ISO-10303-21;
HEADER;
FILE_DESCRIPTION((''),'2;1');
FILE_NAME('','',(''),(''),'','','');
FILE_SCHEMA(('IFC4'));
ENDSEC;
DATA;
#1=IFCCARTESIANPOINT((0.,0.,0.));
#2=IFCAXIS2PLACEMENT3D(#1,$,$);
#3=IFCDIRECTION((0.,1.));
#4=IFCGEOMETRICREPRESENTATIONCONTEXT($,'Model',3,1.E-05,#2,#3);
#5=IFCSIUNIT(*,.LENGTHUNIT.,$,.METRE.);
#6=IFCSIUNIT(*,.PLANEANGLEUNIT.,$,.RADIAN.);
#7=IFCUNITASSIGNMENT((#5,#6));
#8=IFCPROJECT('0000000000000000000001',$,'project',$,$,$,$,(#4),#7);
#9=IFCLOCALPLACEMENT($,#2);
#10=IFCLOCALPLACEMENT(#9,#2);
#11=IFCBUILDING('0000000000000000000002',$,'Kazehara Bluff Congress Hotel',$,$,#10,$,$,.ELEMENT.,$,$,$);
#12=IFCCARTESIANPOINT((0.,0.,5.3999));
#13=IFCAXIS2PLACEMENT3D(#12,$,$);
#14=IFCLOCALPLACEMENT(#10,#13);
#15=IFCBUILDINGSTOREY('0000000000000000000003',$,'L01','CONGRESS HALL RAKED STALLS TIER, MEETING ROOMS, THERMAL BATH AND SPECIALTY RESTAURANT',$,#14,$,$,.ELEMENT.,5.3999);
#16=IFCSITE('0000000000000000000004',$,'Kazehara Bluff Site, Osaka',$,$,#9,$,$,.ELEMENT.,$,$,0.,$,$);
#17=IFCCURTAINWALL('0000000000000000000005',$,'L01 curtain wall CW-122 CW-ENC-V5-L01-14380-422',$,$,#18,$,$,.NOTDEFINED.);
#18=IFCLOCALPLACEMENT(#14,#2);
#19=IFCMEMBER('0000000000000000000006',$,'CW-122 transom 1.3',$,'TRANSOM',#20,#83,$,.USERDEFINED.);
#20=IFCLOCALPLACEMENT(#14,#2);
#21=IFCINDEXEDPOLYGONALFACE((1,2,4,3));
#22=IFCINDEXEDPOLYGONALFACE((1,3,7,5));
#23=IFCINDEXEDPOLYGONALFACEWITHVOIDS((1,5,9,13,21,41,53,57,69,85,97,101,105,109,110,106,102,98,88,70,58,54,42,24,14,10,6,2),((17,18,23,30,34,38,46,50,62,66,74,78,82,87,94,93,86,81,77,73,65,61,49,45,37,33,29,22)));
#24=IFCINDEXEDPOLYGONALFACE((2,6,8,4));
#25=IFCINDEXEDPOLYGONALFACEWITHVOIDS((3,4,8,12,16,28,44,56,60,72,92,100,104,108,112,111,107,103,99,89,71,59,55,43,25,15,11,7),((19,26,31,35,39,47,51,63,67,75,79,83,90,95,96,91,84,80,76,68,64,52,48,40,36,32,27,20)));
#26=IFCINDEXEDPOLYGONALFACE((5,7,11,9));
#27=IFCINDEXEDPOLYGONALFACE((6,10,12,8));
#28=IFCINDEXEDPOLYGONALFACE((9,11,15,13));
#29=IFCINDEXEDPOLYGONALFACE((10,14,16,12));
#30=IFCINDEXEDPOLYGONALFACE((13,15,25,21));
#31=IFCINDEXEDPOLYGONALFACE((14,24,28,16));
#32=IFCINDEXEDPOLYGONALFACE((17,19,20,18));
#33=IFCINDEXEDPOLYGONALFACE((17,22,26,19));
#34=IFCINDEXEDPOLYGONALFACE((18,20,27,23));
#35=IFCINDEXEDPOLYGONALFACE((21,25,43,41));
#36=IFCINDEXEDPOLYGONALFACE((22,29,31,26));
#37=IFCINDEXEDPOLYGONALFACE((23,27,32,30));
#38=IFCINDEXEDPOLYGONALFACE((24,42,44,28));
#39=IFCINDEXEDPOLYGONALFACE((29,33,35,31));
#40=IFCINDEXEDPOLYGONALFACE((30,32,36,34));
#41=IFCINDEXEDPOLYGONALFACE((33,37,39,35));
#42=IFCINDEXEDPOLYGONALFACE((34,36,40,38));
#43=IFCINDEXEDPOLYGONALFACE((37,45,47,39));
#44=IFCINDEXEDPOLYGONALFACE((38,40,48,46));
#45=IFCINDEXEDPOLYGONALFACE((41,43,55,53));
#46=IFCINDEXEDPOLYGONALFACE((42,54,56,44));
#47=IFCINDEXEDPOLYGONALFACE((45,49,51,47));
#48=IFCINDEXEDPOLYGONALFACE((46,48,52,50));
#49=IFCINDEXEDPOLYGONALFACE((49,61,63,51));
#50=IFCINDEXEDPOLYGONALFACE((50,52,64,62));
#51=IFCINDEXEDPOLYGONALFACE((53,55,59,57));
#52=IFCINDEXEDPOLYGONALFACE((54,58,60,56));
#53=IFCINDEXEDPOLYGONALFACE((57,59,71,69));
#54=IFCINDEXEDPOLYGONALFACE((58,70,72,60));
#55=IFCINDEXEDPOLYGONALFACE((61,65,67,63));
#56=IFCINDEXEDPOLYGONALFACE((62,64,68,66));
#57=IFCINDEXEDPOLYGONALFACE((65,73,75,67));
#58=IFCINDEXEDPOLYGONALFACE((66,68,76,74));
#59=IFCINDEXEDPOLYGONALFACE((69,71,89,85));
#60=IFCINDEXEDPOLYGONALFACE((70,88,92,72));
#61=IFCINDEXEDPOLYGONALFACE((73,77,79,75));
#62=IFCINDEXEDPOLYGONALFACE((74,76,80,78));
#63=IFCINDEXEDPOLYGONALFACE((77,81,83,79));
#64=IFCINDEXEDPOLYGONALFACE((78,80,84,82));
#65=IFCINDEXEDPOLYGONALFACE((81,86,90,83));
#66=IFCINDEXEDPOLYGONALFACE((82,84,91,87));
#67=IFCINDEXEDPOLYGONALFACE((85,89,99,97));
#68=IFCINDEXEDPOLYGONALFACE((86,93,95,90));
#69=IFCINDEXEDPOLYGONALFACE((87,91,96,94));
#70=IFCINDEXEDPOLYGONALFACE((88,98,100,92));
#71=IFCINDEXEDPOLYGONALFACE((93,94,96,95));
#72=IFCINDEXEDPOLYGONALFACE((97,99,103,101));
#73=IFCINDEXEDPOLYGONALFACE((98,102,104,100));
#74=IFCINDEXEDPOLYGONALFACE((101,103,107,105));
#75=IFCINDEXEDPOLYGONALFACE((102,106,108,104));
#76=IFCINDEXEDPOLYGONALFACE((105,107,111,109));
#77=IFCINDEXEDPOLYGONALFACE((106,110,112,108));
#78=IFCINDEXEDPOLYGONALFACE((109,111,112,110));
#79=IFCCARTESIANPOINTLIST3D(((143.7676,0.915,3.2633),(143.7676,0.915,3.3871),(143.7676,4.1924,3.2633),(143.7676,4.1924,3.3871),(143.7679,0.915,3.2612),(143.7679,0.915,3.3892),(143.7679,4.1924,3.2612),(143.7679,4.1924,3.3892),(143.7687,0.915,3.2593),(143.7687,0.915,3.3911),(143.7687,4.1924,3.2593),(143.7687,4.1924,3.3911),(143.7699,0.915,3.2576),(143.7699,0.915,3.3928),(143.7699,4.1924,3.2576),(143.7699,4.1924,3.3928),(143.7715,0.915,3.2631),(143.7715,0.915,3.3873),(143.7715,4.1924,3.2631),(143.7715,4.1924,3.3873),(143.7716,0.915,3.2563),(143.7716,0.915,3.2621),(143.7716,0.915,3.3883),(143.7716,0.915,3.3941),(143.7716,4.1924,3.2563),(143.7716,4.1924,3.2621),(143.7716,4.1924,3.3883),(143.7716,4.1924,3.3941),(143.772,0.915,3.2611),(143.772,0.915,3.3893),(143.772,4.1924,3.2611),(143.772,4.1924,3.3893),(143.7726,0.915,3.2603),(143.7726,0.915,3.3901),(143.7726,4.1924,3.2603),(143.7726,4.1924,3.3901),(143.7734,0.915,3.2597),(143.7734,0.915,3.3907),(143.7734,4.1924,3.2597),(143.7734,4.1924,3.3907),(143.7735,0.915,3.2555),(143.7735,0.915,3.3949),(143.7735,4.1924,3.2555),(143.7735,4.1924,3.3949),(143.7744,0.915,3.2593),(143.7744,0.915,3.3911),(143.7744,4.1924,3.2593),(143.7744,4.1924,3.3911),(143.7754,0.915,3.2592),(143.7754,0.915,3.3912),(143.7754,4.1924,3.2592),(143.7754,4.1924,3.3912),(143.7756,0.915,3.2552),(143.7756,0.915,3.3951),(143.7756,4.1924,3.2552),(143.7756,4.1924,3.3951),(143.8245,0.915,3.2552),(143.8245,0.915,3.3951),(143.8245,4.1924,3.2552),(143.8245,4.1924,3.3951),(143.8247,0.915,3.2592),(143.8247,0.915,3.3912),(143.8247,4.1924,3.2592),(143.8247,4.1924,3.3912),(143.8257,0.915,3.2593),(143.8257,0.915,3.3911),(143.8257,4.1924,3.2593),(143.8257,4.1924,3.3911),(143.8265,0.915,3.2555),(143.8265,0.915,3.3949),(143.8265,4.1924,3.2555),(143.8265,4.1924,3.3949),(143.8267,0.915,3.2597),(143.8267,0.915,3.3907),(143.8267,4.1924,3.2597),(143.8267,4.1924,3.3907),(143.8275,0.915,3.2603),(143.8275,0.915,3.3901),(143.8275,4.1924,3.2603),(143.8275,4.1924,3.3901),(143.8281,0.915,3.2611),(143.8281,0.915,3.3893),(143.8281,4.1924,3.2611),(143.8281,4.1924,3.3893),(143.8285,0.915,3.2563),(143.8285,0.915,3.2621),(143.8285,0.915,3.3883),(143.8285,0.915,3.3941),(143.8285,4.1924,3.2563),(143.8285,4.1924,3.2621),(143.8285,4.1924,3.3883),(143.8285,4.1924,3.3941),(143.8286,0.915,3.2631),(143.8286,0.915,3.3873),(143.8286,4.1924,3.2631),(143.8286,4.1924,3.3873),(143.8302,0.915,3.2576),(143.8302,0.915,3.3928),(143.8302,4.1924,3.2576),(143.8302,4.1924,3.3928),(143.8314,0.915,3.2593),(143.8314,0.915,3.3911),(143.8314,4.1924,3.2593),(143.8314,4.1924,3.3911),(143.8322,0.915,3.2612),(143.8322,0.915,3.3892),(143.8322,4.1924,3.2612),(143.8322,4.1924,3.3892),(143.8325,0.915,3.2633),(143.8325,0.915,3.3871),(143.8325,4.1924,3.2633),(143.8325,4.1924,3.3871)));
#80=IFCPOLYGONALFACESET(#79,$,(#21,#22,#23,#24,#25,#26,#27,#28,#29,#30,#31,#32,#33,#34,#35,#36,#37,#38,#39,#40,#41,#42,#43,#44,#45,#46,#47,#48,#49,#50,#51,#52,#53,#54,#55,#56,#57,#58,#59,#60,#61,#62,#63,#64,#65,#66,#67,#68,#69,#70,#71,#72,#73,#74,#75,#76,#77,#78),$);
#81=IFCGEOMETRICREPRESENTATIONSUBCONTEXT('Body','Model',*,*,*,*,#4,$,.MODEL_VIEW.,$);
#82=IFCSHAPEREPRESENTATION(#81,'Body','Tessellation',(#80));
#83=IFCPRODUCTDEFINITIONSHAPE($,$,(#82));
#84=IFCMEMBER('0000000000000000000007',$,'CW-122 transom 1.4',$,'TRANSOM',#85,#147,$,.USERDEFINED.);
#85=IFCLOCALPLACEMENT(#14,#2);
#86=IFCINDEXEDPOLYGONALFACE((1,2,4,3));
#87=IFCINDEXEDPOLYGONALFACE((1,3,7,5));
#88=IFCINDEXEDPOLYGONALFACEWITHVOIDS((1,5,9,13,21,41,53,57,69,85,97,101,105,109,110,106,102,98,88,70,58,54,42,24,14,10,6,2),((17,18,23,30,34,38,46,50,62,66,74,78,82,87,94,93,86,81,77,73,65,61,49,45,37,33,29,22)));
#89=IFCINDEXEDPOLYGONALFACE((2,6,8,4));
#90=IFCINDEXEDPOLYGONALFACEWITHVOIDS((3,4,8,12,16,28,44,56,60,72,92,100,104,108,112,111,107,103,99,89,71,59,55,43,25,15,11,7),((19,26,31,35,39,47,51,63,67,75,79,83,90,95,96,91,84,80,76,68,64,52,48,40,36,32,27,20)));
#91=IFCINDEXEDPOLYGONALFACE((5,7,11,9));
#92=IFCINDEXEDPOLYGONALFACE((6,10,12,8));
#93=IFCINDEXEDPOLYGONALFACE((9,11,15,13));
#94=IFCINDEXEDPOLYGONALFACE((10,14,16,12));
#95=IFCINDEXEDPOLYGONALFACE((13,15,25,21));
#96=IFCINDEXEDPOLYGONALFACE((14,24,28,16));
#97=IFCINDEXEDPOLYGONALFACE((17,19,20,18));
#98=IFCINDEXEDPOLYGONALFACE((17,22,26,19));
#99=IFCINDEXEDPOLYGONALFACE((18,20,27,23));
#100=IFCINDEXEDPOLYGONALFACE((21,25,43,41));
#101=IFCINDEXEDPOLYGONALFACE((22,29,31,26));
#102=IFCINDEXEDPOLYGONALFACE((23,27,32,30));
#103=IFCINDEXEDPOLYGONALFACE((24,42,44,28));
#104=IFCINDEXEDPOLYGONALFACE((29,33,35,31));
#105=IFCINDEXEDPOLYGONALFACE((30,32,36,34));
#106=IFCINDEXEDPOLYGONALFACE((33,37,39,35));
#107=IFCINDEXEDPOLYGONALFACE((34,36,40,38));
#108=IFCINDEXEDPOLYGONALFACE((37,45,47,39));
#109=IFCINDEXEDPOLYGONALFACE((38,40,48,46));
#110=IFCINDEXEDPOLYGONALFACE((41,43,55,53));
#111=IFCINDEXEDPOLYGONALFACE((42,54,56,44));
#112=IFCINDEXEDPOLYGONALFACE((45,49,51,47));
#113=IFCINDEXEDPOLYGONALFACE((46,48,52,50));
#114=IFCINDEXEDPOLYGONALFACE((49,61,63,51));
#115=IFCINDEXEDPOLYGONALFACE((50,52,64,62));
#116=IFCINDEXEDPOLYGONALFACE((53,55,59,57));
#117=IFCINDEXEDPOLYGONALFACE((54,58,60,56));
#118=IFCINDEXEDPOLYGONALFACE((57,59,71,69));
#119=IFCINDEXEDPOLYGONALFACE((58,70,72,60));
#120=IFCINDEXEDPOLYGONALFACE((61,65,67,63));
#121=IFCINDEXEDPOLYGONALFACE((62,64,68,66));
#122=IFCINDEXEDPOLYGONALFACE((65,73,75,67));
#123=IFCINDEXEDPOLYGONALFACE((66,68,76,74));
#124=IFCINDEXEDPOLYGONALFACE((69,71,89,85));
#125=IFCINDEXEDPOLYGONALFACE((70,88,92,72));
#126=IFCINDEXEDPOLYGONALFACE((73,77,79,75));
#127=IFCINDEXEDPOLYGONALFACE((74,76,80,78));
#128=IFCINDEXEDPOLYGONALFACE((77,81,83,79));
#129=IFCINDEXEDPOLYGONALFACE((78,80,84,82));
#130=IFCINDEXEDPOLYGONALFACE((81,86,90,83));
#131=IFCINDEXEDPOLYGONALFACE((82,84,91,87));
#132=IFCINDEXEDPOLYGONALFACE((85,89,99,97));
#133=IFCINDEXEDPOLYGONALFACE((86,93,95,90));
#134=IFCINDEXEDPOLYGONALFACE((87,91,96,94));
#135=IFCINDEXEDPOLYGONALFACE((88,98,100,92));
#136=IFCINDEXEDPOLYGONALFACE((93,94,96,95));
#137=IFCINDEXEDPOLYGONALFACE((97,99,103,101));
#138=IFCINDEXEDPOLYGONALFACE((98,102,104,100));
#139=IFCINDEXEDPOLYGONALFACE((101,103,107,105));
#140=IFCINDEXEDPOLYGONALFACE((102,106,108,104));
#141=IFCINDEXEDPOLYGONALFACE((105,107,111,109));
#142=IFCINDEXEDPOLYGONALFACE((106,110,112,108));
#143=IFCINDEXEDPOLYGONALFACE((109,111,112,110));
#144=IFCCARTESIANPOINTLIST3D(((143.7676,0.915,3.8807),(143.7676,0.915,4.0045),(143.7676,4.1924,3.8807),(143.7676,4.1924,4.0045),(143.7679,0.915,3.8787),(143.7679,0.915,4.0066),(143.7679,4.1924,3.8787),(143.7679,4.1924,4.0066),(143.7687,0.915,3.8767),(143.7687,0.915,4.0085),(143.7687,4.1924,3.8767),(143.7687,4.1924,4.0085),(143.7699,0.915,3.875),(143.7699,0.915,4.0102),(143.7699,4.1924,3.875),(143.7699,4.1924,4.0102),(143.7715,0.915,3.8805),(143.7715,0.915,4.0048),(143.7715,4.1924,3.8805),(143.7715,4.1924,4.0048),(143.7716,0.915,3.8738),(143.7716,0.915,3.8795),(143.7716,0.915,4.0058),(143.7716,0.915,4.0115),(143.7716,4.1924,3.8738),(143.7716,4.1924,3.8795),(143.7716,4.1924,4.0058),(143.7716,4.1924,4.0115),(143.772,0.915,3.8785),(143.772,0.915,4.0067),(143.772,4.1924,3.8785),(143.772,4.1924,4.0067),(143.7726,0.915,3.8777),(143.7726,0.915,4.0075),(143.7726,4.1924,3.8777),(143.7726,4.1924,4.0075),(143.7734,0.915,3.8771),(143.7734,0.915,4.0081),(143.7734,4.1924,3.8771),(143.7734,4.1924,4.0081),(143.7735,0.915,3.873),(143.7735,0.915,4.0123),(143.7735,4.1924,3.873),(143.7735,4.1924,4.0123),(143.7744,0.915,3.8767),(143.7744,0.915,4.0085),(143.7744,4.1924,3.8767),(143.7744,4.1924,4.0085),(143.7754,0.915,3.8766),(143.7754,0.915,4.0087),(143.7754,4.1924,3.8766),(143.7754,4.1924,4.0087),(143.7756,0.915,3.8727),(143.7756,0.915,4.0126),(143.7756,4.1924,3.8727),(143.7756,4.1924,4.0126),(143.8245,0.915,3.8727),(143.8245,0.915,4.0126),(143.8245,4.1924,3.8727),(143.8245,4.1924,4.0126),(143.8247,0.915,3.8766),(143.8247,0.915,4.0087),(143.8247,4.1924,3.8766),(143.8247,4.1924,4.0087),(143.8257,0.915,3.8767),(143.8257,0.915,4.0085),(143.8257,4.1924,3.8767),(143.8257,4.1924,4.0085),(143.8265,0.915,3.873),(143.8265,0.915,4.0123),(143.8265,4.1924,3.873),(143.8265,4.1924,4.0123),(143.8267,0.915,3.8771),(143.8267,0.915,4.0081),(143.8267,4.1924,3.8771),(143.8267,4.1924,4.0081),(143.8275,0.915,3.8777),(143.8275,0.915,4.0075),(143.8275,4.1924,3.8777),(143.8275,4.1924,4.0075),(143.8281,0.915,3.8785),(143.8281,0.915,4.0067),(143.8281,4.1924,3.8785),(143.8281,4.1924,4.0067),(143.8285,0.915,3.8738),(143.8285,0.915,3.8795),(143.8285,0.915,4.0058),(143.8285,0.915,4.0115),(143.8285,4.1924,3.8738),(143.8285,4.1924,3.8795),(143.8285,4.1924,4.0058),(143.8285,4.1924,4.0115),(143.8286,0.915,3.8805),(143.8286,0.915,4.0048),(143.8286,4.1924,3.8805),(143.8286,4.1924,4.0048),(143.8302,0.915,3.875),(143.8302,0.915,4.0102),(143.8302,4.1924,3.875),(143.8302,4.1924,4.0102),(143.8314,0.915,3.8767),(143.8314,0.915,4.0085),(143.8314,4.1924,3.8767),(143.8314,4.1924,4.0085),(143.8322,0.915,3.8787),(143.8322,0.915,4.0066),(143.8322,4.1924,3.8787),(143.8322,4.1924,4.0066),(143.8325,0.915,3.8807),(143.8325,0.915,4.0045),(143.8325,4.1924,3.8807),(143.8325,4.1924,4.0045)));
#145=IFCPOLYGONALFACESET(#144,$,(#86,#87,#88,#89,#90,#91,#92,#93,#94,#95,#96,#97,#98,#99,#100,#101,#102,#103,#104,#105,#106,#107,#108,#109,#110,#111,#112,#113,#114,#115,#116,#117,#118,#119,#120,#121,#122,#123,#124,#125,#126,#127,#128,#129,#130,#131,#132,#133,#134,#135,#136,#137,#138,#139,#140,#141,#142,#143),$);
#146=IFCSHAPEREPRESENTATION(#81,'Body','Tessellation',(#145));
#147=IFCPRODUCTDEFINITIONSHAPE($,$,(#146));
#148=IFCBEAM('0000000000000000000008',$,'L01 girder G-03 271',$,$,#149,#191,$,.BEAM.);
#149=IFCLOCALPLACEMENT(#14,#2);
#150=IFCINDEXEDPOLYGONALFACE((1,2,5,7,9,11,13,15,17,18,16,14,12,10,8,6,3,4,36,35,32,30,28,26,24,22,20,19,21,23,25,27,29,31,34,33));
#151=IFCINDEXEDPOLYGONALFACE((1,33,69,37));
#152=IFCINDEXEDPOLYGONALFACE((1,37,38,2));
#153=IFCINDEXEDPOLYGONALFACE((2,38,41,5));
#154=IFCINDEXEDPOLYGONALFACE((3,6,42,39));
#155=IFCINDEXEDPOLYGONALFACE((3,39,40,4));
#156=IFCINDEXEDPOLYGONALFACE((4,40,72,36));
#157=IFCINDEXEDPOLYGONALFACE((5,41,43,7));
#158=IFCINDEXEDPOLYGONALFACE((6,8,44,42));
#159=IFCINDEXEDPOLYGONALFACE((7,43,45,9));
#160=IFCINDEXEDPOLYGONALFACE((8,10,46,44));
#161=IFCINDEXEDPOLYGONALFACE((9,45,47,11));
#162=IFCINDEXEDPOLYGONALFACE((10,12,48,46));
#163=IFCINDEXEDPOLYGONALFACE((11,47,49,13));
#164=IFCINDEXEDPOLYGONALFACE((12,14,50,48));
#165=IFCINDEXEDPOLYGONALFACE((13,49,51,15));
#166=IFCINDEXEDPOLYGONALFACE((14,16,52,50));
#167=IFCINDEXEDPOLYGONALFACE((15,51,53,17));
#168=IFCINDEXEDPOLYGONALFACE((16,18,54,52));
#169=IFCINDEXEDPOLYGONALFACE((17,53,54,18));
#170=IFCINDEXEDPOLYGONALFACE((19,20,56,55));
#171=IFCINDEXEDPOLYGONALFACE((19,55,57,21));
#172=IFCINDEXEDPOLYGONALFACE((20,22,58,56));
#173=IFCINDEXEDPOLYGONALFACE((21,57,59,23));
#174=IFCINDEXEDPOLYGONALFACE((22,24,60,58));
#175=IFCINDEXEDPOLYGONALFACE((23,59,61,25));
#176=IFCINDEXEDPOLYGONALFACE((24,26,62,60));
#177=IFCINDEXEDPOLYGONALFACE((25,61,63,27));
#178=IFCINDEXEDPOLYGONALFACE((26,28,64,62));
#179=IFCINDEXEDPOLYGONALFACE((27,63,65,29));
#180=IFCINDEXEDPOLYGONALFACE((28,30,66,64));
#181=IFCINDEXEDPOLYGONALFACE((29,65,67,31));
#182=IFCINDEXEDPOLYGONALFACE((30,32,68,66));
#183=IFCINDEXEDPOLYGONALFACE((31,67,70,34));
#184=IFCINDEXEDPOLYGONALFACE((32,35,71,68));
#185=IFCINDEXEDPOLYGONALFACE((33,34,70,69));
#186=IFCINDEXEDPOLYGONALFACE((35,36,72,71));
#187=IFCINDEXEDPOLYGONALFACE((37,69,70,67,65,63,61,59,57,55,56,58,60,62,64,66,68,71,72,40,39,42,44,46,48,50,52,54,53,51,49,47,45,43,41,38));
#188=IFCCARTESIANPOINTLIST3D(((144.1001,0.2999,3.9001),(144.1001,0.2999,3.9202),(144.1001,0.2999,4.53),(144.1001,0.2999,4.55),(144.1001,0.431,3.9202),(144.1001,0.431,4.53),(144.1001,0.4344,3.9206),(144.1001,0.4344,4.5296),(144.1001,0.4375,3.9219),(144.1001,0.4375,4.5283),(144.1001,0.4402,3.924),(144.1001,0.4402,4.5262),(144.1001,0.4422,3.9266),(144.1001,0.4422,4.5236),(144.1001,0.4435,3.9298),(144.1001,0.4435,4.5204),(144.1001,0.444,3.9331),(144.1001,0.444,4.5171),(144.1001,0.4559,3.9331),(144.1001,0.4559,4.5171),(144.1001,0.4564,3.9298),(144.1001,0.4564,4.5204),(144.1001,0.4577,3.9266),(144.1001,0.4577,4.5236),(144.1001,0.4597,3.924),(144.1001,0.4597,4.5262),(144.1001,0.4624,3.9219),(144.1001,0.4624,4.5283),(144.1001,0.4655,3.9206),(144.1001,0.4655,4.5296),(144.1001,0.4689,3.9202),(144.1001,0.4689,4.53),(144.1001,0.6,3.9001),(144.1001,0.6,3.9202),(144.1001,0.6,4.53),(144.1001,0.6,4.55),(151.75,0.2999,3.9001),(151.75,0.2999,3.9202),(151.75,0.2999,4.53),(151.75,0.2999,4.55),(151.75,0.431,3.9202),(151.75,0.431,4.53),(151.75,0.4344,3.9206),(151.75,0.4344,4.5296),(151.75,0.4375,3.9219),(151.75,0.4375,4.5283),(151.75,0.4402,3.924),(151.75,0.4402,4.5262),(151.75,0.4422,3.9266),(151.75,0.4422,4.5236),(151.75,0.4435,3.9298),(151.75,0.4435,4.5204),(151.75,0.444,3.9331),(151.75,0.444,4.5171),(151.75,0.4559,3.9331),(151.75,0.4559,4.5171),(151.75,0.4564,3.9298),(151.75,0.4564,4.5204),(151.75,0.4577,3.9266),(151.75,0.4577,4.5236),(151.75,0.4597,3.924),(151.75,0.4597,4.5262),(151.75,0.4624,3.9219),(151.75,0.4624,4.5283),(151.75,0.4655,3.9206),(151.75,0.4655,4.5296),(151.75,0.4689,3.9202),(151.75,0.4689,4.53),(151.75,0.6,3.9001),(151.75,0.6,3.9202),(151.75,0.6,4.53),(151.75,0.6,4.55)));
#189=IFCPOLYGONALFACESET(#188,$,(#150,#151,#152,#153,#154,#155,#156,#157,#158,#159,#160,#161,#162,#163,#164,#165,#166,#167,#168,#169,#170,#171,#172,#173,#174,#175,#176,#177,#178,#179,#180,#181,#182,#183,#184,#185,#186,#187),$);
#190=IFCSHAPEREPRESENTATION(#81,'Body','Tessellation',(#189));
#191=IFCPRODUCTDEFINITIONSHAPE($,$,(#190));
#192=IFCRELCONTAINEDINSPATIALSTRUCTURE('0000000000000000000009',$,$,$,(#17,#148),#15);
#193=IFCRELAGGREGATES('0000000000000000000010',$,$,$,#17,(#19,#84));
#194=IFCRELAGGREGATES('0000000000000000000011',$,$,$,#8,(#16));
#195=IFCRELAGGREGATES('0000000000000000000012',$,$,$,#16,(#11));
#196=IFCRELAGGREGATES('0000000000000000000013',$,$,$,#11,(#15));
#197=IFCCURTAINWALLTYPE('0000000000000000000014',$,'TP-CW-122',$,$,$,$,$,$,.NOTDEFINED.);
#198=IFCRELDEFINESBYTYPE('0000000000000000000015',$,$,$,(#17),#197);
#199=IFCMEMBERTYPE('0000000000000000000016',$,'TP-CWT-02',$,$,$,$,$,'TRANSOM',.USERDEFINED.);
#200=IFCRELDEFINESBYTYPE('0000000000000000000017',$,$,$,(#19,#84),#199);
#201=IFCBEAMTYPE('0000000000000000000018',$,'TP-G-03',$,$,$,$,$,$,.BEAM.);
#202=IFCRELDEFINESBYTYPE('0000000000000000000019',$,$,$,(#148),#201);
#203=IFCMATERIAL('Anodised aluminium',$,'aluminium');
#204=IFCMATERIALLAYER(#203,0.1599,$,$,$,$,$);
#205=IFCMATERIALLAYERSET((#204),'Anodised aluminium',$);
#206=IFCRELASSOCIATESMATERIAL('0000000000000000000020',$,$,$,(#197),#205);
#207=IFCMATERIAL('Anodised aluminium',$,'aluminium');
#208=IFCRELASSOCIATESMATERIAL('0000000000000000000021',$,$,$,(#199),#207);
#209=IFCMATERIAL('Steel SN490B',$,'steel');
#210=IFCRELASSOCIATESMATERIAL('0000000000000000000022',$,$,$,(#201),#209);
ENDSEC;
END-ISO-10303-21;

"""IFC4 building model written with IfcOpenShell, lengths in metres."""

from ifc_helpers import new_model, si_unit, direction, frame, origin, origin_2d, place, context, subcontext, project, spatial, hollow_rectangle, i_section, extrude, material, layer, layer_set, material_profile, profile_set, type_object, element, aggregate, save


model = new_model("IFC4")

# Units and contexts
model_context = context("Model", 3, precision=1e-05, world=origin(), true_north=direction((0.0, 1.0)))
body_context = subcontext(model_context, "Body", "Model", "MODEL_VIEW")
ifc_project = project(units=[si_unit("LENGTHUNIT", "METRE"), si_unit("PLANEANGLEUNIT", "RADIAN")], contexts=[model_context])

# Site, building, storey
site_placement = place(None, origin())
site = spatial("IfcSite", under=ifc_project, at=site_placement, Name="Kazehara Bluff Site, Osaka", CompositionType="ELEMENT", RefElevation=0.0)
building_placement = place(site_placement, origin())
building = spatial("IfcBuilding", under=site, at=building_placement, Name="Kazehara Bluff Congress Hotel", CompositionType="ELEMENT")
storey_placement = place(building_placement, frame((0.0, 0.0, 5.3999)))
storey = spatial("IfcBuildingStorey", under=building, at=storey_placement, Name="L01", Description="CONGRESS HALL RAKED STALLS TIER, MEETING ROOMS, THERMAL BATH AND SPECIALTY RESTAURANT", CompositionType="ELEMENT", Elevation=5.3999)

# Curtain wall
ifc_material_1 = material(Name="Anodised aluminium", Category="aluminium")
ifc_layer_1 = layer(ifc_material_1, 0.1599)
ifc_layer_set_1 = layer_set([ifc_layer_1], Name="Anodised aluminium")
curtain_wall_type_1 = type_object("IfcCurtainWallType", Name="TP-CW-122", PredefinedType="NOTDEFINED", material=ifc_layer_set_1)
curtain_wall_1_placement = place(storey_placement, origin())
curtain_wall_1 = element("IfcCurtainWall", 1, at=curtain_wall_1_placement, inside=storey, type_object=curtain_wall_type_1, Name="L01 curtain wall CW-122 CW-ENC-V5-L01-14380-422", PredefinedType="NOTDEFINED")

# Members
ifc_material_2 = material(Name="Anodised aluminium", Category="aluminium")
ifc_material_profile_1 = material_profile(ifc_material_2, hollow_rectangle(XDim=0.0649, YDim=0.1399, WallThickness=0.0039, InnerFilletRadius=0.0039, OuterFilletRadius=0.0081, at=origin_2d()))
ifc_profile_set_1 = profile_set([ifc_material_profile_1], Name="Anodised aluminium")
member_type_1 = type_object("IfcMemberType", Name="TP-CWT-02", ElementType="TRANSOM", PredefinedType="USERDEFINED", material=ifc_profile_set_1)
member_1_placement = place(storey_placement, frame((143.8, 0.915, 3.3252), z_axis=(0.0, 1.0, 0.0), x_axis=(-1.0, 0.0, 0.0)))
member_1 = element("IfcMember", 2, at=member_1_placement, type_object=member_type_1, Name="CW-122 transom 1.3", ObjectType="TRANSOM", PredefinedType="USERDEFINED", context=body_context, shape_type="SweptSolid", body=[
    extrude(hollow_rectangle(XDim=0.0649, YDim=0.1399, WallThickness=0.0039, InnerFilletRadius=0.0039, OuterFilletRadius=0.0081, at=origin_2d()), origin(), (0.0, 0.0, 1.0), 3.2773),
])
member_2_placement = place(storey_placement, frame((143.8, 0.915, 3.9426), z_axis=(0.0, 1.0, 0.0), x_axis=(-1.0, 0.0, 0.0)))
member_2 = element("IfcMember", 3, at=member_2_placement, type_object=member_type_1, Name="CW-122 transom 1.4", ObjectType="TRANSOM", PredefinedType="USERDEFINED", context=body_context, shape_type="SweptSolid", body=[
    extrude(hollow_rectangle(XDim=0.0649, YDim=0.1399, WallThickness=0.0039, InnerFilletRadius=0.0039, OuterFilletRadius=0.0081, at=origin_2d()), origin(), (0.0, 0.0, 1.0), 3.2773),
])

# Beam
ifc_material_3 = material(Name="Steel SN490B", Category="steel")
ifc_material_profile_2 = material_profile(ifc_material_3, i_section(OverallWidth=0.3, OverallDepth=0.6499, WebThickness=0.012, FlangeThickness=0.02, FilletRadius=0.0129, at=origin_2d()))
ifc_profile_set_2 = profile_set([ifc_material_profile_2], Name="Steel SN490B")
beam_type_1 = type_object("IfcBeamType", Name="TP-G-03", PredefinedType="BEAM", material=ifc_profile_set_2)
beam_1_placement = place(storey_placement, frame((144.1001, 0.45, 4.2251), z_axis=(1.0, 0.0, 0.0), x_axis=(0.0, 1.0, 0.0)))
element("IfcBeam", 4, at=beam_1_placement, inside=storey, type_object=beam_type_1, Name="L01 girder G-03 271", PredefinedType="BEAM", context=body_context, shape_type="SweptSolid", body=[
    extrude(i_section(OverallWidth=0.3, OverallDepth=0.6499, WebThickness=0.012, FlangeThickness=0.02, FilletRadius=0.0129, at=origin_2d()), origin(), (0.0, 0.0, 1.0), 7.6499),
])

aggregate(curtain_wall_1, [member_1, member_2])

save(model, "model.ifc")
